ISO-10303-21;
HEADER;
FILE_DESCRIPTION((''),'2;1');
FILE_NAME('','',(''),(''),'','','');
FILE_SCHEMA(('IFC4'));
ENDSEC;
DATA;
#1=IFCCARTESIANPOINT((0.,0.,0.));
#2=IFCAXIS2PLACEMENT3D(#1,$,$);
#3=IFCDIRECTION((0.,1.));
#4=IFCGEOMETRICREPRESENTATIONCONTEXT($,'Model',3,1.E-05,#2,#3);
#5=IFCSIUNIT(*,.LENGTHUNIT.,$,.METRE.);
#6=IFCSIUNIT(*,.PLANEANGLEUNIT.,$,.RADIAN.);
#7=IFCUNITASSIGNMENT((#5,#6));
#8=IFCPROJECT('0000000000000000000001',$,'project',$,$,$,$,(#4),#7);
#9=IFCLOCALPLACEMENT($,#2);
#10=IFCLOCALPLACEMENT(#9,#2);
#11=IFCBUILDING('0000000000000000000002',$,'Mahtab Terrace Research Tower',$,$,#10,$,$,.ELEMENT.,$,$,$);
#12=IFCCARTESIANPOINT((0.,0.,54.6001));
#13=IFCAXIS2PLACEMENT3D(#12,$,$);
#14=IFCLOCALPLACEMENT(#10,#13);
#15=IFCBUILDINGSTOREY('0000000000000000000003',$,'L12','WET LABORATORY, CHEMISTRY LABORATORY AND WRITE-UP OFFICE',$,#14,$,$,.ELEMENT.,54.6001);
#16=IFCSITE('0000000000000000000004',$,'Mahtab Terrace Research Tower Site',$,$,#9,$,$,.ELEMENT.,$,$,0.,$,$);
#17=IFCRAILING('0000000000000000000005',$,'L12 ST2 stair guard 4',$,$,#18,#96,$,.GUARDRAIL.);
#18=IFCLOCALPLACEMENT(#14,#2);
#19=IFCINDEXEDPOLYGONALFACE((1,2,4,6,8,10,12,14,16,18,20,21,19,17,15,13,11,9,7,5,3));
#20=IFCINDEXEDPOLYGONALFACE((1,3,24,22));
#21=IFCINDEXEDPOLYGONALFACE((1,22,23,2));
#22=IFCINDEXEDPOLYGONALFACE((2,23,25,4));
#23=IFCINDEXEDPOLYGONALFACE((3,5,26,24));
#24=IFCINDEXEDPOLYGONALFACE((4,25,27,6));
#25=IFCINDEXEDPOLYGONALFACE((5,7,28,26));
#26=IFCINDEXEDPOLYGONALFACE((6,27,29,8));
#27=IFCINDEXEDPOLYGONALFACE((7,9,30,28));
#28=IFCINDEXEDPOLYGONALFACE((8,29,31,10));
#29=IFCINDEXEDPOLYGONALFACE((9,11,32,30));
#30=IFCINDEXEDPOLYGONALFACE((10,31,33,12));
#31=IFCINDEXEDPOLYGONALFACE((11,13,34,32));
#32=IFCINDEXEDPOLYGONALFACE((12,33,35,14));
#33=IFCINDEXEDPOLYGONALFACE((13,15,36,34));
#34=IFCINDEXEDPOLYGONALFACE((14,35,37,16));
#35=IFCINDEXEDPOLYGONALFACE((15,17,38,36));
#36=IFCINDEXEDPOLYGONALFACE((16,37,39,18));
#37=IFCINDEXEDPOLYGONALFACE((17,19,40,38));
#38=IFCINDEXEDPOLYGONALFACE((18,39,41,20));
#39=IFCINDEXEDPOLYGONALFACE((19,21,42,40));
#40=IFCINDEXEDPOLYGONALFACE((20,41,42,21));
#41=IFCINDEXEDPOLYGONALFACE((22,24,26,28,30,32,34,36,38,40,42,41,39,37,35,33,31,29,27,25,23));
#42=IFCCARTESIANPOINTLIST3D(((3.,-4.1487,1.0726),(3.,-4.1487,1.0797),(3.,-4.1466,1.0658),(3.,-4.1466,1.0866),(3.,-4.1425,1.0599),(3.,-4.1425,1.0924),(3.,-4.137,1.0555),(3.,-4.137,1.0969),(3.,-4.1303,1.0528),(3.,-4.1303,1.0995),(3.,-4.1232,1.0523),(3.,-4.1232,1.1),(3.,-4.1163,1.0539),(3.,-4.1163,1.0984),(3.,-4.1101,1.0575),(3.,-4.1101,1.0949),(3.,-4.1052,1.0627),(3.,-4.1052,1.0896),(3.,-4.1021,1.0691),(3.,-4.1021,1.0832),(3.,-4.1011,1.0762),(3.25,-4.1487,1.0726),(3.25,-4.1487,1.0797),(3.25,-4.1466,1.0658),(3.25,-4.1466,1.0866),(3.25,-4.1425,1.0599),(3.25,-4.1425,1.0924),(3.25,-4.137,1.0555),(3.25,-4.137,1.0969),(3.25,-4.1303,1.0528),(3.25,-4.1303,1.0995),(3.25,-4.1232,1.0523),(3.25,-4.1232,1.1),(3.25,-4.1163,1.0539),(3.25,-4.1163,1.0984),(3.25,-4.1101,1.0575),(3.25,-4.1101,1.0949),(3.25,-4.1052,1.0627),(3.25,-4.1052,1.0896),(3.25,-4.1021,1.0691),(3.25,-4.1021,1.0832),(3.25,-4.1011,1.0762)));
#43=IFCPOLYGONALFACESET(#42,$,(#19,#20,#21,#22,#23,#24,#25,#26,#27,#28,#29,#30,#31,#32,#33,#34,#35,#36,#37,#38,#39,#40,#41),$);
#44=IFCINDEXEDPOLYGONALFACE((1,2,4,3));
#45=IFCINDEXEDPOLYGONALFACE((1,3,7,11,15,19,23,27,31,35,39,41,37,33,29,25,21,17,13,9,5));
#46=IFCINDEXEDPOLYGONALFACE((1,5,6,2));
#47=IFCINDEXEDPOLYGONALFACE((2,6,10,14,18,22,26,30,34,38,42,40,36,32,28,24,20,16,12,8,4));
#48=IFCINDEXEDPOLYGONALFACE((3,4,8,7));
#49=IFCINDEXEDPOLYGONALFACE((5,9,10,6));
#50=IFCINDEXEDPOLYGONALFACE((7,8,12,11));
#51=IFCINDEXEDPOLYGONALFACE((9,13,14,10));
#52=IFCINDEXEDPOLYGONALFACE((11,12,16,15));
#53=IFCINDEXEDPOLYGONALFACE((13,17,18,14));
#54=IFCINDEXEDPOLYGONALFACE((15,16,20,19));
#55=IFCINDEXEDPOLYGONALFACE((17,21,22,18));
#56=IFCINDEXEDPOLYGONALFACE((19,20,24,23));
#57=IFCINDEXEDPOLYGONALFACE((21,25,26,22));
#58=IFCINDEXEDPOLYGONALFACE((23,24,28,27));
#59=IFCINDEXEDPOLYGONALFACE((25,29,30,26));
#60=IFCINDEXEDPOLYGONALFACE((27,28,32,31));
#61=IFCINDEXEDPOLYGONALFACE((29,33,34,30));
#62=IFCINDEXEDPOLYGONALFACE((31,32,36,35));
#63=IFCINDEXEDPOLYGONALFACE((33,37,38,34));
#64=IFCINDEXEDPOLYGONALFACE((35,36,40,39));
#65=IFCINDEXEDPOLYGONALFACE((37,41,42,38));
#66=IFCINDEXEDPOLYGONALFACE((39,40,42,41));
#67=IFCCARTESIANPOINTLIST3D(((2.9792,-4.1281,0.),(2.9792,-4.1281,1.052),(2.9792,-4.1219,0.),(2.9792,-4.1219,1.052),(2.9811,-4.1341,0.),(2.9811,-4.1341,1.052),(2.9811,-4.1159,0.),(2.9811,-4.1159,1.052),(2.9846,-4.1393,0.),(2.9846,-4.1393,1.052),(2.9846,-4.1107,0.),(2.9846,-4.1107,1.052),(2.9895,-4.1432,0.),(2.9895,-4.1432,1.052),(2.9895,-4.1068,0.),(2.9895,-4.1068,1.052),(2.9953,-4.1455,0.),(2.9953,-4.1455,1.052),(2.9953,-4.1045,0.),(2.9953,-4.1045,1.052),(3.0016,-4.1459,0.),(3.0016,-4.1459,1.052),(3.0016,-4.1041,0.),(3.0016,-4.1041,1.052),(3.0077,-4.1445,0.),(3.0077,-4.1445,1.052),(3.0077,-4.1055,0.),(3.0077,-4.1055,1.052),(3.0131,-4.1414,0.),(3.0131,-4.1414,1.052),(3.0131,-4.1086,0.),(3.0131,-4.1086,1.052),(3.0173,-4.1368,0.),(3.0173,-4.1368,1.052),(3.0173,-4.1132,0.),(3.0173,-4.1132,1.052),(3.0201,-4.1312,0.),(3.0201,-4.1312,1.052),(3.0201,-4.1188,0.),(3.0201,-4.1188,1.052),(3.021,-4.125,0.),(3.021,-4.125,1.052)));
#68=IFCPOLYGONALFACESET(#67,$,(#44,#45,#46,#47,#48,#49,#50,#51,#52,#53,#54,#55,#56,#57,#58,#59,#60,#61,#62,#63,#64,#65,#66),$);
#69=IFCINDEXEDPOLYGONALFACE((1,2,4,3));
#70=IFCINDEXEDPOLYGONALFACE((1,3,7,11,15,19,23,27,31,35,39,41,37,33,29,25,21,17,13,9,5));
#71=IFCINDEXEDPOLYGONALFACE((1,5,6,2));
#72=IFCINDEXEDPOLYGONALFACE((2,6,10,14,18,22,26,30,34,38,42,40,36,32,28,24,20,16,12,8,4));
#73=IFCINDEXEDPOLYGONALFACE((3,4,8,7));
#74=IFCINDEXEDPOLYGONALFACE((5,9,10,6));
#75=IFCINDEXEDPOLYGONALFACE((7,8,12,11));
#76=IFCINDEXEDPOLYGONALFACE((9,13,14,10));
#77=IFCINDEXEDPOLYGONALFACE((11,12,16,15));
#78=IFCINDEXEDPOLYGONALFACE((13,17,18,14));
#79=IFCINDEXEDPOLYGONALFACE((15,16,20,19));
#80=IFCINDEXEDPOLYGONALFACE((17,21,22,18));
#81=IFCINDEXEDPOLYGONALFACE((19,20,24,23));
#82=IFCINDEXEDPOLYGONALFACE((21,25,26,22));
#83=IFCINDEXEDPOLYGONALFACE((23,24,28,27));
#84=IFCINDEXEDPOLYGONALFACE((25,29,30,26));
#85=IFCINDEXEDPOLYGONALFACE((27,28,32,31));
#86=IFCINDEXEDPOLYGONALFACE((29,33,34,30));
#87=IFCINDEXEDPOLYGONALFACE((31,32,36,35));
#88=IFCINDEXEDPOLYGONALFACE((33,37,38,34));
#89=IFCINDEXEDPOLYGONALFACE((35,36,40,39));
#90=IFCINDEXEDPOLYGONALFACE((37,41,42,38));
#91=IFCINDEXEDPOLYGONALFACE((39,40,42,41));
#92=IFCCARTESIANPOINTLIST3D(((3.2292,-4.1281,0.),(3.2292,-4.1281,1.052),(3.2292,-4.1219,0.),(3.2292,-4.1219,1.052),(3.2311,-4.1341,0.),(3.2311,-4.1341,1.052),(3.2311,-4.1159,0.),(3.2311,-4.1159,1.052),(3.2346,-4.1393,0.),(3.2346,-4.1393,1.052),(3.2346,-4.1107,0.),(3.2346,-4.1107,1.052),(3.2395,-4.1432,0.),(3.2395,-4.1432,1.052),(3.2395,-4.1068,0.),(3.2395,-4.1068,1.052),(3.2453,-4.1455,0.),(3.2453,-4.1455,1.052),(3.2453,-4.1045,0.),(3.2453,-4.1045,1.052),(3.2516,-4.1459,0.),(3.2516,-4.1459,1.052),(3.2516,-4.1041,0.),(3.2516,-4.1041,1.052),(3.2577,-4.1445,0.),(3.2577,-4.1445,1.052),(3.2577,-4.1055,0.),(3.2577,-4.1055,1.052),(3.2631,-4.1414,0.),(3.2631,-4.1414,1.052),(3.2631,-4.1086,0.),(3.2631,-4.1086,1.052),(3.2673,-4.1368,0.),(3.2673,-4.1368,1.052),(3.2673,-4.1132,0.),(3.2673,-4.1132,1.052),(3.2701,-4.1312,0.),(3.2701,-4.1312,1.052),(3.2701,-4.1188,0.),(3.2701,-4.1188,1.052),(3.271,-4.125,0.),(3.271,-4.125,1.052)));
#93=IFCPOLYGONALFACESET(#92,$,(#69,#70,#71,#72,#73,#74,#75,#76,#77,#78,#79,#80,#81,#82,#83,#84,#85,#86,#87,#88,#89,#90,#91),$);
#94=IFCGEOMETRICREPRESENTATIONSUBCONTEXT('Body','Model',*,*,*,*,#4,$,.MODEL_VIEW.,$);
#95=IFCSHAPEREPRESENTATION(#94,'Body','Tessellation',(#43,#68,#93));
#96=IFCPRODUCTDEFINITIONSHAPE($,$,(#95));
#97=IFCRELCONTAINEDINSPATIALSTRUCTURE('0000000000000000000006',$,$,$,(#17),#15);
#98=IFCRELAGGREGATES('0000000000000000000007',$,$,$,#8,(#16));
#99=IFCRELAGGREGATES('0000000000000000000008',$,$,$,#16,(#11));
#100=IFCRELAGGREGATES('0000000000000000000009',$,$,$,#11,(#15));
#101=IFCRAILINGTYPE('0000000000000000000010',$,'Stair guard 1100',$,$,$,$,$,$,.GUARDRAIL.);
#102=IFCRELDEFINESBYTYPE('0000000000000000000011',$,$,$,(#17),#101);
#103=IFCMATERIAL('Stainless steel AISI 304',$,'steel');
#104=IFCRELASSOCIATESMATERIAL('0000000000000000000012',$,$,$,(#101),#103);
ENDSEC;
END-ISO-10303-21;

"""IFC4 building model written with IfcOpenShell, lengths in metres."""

from ifc_helpers import new_model, si_unit, direction, frame, origin, origin_2d, place, context, subcontext, project, spatial, circle, extrude, material, type_object, element, save


model = new_model("IFC4")

# Units and contexts
model_context = context("Model", 3, precision=1e-05, world=origin(), true_north=direction((0.0, 1.0)))
body_context = subcontext(model_context, "Body", "Model", "MODEL_VIEW")
ifc_project = project(units=[si_unit("LENGTHUNIT", "METRE"), si_unit("PLANEANGLEUNIT", "RADIAN")], contexts=[model_context])

# Site, building, storey
site_placement = place(None, origin())
site = spatial("IfcSite", under=ifc_project, at=site_placement, Name="Mahtab Terrace Research Tower Site", CompositionType="ELEMENT", RefElevation=0.0)
building_placement = place(site_placement, origin())
building = spatial("IfcBuilding", under=site, at=building_placement, Name="Mahtab Terrace Research Tower", CompositionType="ELEMENT")
storey_placement = place(building_placement, frame((0.0, 0.0, 54.6001)))
storey = spatial("IfcBuildingStorey", under=building, at=storey_placement, Name="L12", Description="WET LABORATORY, CHEMISTRY LABORATORY AND WRITE-UP OFFICE", CompositionType="ELEMENT", Elevation=54.6001)

# Railing
ifc_material_1 = material(Name="Stainless steel AISI 304", Category="steel")
railing_type_1 = type_object("IfcRailingType", Name="Stair guard 1100", PredefinedType="GUARDRAIL", material=ifc_material_1)
railing_1_placement = place(storey_placement, frame((3.0, -4.125, 0.0)))
element("IfcRailing", 1, at=railing_1_placement, inside=storey, type_object=railing_type_1, Name="L12 ST2 stair guard 4", PredefinedType="GUARDRAIL", context=body_context, shape_type="SweptSolid", body=[
    extrude(circle(Radius=0.0239, at=origin_2d()), frame((0.0, 0.0, 1.0762), z_axis=(1.0, 0.0, 0.0), x_axis=(0.0, 1.0, 0.0)), (0.0, 0.0, 1.0), 0.25),
    extrude(circle(Radius=0.021, at=origin_2d()), origin(), (0.0, 0.0, 1.0), 1.052),
    extrude(circle(Radius=0.021, at=origin_2d()), frame((0.25, 0.0, 0.0)), (0.0, 0.0, 1.0), 1.052),
])

save(model, "model.ifc")
